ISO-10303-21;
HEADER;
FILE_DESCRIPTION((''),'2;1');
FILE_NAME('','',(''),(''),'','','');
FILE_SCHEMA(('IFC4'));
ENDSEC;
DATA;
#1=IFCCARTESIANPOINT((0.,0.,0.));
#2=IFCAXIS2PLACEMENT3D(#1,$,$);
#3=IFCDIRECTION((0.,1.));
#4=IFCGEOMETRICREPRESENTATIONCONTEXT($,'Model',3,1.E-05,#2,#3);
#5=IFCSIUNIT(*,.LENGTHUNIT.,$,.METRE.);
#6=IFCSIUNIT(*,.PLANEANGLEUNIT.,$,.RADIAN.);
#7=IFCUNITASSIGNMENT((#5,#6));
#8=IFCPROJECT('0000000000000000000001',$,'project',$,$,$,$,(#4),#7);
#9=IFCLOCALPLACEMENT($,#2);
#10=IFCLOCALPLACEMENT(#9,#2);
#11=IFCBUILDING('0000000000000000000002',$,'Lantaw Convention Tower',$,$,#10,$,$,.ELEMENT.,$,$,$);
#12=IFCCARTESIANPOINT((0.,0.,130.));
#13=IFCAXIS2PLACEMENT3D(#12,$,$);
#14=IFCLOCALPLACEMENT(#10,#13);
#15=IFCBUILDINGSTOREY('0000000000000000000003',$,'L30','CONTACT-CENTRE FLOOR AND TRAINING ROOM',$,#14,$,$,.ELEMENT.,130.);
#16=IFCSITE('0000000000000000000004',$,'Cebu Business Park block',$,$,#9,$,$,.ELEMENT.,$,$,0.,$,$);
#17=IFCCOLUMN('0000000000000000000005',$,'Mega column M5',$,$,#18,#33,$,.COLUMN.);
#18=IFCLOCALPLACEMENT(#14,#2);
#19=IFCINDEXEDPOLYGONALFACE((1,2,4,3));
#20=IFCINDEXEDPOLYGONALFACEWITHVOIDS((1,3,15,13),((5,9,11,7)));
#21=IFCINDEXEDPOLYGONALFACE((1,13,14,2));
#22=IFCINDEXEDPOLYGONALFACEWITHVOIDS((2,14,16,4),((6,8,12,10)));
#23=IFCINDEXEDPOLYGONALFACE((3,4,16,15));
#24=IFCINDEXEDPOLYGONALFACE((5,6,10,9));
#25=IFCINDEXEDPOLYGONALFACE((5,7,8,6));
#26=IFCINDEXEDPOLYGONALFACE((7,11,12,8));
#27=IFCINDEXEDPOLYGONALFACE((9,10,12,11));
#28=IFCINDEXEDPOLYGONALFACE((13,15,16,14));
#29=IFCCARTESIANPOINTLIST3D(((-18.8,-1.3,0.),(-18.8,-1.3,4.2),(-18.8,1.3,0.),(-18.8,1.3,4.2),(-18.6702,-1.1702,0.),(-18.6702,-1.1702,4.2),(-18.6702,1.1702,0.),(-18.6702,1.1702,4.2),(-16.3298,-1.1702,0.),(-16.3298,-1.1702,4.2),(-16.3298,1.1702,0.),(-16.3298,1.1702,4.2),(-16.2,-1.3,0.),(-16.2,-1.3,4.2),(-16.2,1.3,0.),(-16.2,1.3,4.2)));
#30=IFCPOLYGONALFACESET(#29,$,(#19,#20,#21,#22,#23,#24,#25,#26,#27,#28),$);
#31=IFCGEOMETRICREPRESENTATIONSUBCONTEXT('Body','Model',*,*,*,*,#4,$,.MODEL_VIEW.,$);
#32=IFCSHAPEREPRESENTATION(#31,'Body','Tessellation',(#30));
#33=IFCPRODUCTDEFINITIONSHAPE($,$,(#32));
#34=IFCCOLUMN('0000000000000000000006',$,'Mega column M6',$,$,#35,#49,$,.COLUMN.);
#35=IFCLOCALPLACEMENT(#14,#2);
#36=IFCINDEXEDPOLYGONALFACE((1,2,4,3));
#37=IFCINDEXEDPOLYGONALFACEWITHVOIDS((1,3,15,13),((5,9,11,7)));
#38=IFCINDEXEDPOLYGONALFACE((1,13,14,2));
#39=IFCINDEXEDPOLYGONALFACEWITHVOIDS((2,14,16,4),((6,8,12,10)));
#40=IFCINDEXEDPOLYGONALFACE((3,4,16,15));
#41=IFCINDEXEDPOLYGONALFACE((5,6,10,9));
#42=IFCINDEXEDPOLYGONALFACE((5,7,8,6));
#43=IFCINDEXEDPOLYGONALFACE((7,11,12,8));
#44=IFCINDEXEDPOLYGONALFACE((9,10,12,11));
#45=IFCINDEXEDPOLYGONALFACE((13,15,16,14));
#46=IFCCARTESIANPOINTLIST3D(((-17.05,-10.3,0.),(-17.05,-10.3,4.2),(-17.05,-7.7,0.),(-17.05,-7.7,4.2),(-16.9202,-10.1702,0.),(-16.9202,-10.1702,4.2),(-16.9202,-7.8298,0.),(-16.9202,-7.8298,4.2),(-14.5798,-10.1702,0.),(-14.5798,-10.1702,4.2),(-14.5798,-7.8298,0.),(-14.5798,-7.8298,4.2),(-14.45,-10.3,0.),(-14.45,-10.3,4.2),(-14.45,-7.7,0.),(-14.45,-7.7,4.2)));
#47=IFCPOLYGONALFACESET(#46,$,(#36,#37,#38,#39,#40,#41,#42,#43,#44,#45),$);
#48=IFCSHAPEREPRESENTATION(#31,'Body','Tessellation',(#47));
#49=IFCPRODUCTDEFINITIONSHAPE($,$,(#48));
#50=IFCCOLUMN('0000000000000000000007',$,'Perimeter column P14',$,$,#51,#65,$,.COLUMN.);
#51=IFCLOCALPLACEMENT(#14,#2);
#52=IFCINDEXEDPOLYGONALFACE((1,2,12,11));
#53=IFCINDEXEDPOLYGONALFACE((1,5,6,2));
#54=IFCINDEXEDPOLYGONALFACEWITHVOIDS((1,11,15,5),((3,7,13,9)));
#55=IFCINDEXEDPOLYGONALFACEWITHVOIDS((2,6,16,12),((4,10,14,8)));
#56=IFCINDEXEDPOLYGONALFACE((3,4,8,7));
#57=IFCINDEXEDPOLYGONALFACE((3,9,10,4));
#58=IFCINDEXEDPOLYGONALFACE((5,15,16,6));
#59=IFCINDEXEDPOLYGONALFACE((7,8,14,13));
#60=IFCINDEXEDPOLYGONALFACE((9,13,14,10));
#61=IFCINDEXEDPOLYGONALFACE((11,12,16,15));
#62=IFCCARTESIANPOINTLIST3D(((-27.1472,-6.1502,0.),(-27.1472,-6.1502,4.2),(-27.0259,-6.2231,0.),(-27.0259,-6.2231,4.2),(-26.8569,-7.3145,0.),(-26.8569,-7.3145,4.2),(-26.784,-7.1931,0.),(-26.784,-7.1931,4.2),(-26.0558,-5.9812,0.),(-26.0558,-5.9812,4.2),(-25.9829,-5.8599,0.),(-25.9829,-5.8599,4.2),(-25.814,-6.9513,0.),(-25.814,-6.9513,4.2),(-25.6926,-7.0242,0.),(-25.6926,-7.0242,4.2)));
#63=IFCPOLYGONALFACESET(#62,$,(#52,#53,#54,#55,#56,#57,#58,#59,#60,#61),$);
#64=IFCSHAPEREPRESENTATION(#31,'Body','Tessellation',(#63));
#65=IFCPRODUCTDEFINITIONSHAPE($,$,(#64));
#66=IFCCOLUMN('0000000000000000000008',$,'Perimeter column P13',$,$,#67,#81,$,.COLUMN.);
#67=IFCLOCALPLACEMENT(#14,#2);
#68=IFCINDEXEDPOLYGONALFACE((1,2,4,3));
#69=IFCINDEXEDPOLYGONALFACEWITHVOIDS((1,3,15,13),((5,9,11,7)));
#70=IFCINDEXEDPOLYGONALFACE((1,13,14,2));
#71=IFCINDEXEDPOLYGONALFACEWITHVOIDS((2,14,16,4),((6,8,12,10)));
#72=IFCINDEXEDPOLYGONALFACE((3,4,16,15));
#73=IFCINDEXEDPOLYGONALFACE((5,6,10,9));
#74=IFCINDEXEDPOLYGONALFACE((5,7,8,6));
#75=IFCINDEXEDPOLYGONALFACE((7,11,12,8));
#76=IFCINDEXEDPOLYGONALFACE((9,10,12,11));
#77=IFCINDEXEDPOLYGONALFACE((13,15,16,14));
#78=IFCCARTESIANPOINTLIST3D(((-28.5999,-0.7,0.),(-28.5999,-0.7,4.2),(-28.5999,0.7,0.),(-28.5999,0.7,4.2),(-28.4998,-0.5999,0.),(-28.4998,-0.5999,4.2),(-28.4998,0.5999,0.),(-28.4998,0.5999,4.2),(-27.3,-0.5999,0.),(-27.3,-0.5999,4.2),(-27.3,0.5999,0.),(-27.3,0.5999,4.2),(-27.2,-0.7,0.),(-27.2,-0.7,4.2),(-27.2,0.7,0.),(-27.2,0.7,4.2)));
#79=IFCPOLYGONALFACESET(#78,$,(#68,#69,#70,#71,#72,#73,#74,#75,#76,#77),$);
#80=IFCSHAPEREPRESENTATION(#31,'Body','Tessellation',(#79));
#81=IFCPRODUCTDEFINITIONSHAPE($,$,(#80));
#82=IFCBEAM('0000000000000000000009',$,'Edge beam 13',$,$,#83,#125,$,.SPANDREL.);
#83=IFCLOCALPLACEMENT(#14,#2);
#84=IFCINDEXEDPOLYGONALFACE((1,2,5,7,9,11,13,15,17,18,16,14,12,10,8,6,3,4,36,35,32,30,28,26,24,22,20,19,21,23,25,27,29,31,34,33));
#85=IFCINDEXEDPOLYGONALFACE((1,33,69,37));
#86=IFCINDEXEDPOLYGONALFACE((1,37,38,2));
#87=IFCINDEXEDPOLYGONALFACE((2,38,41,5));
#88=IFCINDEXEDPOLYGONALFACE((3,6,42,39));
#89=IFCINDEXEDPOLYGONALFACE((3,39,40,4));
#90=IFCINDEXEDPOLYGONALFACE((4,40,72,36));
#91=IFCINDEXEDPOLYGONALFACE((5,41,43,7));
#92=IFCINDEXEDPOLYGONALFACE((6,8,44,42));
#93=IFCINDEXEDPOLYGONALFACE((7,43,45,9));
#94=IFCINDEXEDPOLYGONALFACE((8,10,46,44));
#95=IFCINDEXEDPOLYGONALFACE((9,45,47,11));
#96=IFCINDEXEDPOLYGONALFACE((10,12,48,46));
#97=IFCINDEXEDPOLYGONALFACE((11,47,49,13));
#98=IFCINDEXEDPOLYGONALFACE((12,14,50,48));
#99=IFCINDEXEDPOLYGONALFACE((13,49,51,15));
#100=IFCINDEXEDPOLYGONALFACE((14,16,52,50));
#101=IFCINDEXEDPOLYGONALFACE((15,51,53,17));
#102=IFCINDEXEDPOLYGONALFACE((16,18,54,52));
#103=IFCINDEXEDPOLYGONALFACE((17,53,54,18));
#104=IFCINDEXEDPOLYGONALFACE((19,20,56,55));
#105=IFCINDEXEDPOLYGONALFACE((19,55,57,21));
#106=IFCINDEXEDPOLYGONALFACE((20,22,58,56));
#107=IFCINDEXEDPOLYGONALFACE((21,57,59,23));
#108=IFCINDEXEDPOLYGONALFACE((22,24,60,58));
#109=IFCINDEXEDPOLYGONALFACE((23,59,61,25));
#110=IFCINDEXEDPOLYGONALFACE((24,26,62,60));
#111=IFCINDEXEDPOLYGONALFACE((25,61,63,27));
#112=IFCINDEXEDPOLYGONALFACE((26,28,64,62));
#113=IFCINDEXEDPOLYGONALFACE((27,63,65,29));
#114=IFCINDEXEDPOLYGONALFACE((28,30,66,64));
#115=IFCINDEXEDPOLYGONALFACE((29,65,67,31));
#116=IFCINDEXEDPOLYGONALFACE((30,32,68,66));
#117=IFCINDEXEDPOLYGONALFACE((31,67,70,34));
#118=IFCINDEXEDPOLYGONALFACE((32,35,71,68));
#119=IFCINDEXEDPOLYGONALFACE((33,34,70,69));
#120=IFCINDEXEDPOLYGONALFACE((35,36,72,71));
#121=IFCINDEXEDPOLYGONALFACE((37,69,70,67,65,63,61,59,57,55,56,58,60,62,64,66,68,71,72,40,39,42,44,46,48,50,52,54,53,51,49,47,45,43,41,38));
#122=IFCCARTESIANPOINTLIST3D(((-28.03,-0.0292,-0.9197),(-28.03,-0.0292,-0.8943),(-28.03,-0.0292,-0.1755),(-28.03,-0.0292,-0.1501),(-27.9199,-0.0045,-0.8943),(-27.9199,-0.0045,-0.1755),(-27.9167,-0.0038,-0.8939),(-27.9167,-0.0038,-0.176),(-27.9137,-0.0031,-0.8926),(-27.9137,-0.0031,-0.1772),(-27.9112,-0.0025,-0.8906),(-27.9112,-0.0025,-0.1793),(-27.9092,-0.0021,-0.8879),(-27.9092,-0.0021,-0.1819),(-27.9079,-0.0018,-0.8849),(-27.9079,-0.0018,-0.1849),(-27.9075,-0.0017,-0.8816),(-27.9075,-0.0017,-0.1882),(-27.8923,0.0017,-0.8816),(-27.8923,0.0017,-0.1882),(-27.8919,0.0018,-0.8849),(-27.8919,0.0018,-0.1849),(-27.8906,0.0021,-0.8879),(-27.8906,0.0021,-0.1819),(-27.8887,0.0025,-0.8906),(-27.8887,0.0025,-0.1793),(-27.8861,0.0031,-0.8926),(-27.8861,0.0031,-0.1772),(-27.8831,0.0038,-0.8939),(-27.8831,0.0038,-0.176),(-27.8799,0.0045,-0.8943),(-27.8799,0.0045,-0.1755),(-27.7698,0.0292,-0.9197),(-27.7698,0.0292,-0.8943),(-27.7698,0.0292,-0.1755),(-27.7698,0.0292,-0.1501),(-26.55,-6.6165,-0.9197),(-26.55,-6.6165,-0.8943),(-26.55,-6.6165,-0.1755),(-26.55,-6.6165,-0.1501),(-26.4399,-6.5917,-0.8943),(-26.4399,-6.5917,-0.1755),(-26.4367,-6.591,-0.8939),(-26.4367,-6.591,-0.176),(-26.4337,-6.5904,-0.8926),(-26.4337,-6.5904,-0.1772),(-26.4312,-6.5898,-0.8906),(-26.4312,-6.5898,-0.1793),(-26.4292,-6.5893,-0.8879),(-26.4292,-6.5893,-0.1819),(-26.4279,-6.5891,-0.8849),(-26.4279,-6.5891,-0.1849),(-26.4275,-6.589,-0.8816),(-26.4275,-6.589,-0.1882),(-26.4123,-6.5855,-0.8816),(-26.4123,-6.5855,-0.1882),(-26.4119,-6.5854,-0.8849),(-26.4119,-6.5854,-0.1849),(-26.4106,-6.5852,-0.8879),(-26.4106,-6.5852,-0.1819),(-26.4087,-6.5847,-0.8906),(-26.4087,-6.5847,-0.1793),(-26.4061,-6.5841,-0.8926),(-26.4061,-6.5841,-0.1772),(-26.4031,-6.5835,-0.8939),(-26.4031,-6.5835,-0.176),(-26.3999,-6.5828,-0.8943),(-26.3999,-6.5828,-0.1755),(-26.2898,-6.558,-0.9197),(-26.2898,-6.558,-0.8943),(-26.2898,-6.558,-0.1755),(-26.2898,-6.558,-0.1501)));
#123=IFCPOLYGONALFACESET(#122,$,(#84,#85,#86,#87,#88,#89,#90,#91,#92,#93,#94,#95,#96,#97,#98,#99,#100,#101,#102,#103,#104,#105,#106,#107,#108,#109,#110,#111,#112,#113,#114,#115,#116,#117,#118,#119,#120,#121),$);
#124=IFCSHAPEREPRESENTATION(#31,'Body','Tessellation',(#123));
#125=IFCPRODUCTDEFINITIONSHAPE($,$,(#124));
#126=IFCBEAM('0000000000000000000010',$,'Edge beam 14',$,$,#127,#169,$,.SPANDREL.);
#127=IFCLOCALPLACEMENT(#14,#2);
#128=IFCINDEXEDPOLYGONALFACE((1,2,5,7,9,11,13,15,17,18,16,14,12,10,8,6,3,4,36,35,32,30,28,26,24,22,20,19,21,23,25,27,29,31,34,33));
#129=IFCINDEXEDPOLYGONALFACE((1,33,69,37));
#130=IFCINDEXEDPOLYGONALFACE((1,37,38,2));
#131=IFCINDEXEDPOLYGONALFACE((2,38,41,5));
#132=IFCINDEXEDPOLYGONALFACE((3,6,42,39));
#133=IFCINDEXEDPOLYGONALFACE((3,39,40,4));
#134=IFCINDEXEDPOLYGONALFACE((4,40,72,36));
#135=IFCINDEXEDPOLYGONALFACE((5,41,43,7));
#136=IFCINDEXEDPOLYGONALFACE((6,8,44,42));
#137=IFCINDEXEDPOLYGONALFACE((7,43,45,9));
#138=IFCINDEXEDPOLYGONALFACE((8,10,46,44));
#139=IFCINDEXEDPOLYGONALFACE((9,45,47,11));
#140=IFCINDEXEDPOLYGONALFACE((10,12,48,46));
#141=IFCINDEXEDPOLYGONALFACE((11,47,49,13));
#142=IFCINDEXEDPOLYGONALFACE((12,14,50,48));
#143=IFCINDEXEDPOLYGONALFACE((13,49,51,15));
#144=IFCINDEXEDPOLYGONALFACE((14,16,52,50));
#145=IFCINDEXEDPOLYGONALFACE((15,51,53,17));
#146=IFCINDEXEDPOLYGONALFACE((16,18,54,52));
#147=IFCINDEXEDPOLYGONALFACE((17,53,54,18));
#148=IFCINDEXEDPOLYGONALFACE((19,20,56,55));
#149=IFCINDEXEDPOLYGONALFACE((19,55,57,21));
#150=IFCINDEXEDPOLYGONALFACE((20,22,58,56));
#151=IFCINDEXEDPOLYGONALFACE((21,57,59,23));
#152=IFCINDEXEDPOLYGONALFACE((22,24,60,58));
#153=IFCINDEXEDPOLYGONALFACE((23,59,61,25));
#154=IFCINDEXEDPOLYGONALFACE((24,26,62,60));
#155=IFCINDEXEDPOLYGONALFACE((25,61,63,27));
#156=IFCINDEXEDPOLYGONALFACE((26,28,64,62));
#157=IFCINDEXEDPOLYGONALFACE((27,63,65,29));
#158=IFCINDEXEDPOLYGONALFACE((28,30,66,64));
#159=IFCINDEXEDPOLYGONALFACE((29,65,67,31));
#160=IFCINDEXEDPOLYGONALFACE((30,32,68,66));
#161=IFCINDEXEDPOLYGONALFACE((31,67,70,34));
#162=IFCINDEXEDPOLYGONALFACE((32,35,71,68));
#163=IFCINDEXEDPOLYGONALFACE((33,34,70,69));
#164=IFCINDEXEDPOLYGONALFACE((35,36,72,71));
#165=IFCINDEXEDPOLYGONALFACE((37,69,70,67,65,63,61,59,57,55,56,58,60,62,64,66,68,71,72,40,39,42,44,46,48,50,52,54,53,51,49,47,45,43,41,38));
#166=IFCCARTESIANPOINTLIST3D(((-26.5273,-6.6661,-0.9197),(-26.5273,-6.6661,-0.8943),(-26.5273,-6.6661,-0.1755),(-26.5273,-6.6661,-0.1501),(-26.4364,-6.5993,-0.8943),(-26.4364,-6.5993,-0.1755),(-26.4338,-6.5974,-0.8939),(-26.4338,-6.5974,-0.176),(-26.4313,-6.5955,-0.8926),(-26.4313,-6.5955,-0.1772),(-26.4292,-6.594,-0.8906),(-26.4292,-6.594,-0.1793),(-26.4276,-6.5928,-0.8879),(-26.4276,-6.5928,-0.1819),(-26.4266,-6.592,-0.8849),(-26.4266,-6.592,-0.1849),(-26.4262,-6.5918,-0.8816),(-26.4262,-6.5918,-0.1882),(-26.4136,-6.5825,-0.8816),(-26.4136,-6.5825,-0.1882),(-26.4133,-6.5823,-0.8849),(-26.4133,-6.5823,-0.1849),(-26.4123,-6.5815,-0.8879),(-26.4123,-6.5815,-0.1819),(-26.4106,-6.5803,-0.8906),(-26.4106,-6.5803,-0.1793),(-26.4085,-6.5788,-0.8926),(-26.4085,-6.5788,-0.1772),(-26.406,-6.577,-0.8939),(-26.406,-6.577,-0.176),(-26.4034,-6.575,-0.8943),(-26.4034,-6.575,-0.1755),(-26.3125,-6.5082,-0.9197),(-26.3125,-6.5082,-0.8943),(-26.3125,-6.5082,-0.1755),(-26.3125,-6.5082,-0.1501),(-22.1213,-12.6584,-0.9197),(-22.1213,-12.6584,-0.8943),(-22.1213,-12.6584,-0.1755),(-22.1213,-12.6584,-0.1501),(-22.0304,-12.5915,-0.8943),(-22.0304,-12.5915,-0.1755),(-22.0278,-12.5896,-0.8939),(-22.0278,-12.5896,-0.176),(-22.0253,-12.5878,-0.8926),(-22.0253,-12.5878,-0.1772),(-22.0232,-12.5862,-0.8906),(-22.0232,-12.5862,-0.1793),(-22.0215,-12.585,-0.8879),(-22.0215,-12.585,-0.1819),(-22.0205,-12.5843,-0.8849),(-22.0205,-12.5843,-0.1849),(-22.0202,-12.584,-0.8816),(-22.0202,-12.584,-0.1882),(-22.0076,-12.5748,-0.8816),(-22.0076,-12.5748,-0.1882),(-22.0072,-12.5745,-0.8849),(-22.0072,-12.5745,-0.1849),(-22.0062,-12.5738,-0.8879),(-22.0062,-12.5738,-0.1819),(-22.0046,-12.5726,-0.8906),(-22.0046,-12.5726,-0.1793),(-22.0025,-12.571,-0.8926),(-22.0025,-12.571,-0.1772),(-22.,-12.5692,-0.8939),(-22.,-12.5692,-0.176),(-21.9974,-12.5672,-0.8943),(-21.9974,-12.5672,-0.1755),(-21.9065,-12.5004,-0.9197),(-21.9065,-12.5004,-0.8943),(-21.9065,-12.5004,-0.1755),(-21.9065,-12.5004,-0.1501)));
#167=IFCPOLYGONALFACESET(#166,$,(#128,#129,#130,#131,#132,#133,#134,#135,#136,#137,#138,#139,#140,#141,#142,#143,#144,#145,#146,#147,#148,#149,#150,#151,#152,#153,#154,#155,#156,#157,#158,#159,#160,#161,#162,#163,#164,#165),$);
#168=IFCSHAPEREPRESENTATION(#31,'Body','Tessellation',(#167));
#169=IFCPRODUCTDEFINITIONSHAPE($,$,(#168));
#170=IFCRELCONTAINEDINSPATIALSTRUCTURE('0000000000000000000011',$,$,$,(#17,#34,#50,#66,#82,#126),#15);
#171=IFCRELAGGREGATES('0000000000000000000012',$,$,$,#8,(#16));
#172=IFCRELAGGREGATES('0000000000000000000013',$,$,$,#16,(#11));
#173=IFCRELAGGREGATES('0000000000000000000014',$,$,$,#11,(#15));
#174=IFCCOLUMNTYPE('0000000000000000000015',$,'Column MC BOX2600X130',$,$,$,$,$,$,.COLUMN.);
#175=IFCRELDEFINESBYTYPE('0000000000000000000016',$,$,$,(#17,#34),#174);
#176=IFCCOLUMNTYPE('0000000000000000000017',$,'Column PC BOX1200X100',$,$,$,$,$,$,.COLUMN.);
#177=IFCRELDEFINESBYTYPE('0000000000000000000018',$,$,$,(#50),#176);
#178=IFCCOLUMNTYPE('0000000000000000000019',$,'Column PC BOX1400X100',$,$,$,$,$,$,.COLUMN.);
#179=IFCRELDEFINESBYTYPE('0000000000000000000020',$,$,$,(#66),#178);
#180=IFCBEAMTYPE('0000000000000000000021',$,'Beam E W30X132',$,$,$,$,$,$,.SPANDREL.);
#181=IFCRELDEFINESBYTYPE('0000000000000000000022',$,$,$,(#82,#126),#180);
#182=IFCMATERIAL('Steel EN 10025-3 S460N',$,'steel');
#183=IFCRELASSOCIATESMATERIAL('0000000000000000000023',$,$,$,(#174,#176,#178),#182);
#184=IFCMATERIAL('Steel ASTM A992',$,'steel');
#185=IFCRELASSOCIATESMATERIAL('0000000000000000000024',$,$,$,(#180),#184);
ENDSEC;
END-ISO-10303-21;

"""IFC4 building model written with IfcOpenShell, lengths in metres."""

from ifc_helpers import new_model, si_unit, direction, frame, origin, origin_2d, place, context, subcontext, project, spatial, rectangle, hollow_rectangle, i_section, extrude, material, material_profile, profile_set, type_object, element, save


model = new_model("IFC4")

# Units and contexts
model_context = context("Model", 3, precision=1e-05, world=origin(), true_north=direction((0.0, 1.0)))
body_context = subcontext(model_context, "Body", "Model", "MODEL_VIEW")
ifc_project = project(units=[si_unit("LENGTHUNIT", "METRE"), si_unit("PLANEANGLEUNIT", "RADIAN")], contexts=[model_context])

# Site, building, storey
site_placement = place(None, origin())
site = spatial("IfcSite", under=ifc_project, at=site_placement, Name="Cebu Business Park block", CompositionType="ELEMENT", RefElevation=0.0)
building_placement = place(site_placement, origin())
building = spatial("IfcBuilding", under=site, at=building_placement, Name="Lantaw Convention Tower", CompositionType="ELEMENT")
storey_placement = place(building_placement, frame((0.0, 0.0, 130.0)))
storey = spatial("IfcBuildingStorey", under=building, at=storey_placement, Name="L30", Description="CONTACT-CENTRE FLOOR AND TRAINING ROOM", CompositionType="ELEMENT", Elevation=130.0)

# Columns
ifc_material_1 = material(Name="Steel EN 10025-3 S460N", Category="steel")
ifc_material_profile_1 = material_profile(ifc_material_1, hollow_rectangle(XDim=2.6001, YDim=2.6001, WallThickness=0.1299, at=origin_2d()), Name="BOX2600X130")
ifc_material_2 = material(Name="Concrete C60/75", Category="concrete")
ifc_material_profile_2 = material_profile(ifc_material_2, rectangle(XDim=2.3401, YDim=2.3401, at=origin_2d()), Name="Concrete fill of BOX2600X130")
ifc_profile_set_1 = profile_set([ifc_material_profile_1, ifc_material_profile_2], Name="Steel EN 10025-3 S460N")
column_type_1 = type_object("IfcColumnType", Name="Column MC BOX2600X130", PredefinedType="COLUMN", material=ifc_profile_set_1)
for number, where, z_axis, x_axis, name in (
    (1, (-17.5, 0.0, 0.0), (0.0, 0.0, 1.0), (1.0, 0.0, 0.0), "Mega column M5"),
    (2, (-15.75, -9.0, 0.0), (0.0, 0.0, 1.0), (1.0, 0.0, 0.0), "Mega column M6"),
):
    element("IfcColumn", number, at=place(storey_placement, frame(where, z_axis=z_axis, x_axis=x_axis)), inside=storey, type_object=column_type_1, Name=name, PredefinedType="COLUMN", context=body_context, shape_type="SweptSolid", body=[
        extrude(hollow_rectangle(XDim=2.6001, YDim=2.6001, WallThickness=0.1299, at=origin_2d()), origin(), (0.0, 0.0, 1.0), 4.2),
    ])
ifc_material_profile_3 = material_profile(ifc_material_1, hollow_rectangle(XDim=1.2, YDim=1.2, WallThickness=0.1001, at=origin_2d()), Name="BOX1200X100")
ifc_material_profile_4 = material_profile(ifc_material_2, rectangle(XDim=1.0, YDim=1.0, at=origin_2d()), Name="Concrete fill of BOX1200X100")
ifc_profile_set_2 = profile_set([ifc_material_profile_3, ifc_material_profile_4], Name="Steel EN 10025-3 S460N")
column_type_2 = type_object("IfcColumnType", Name="Column PC BOX1200X100", PredefinedType="COLUMN", material=ifc_profile_set_2)
column_1_placement = place(storey_placement, frame((-26.4199, -6.5872, 0.0), z_axis=(0.0, 0.0, 1.0), x_axis=(0.970296, 0.241922, 0.0)))
element("IfcColumn", 3, at=column_1_placement, inside=storey, type_object=column_type_2, Name="Perimeter column P14", PredefinedType="COLUMN", context=body_context, shape_type="SweptSolid", body=[
    extrude(hollow_rectangle(XDim=1.2, YDim=1.2, WallThickness=0.1001, at=origin_2d()), origin(), (0.0, 0.0, 1.0), 4.2),
])
ifc_material_profile_5 = material_profile(ifc_material_1, hollow_rectangle(XDim=1.3999, YDim=1.3999, WallThickness=0.1001, at=origin_2d()), Name="BOX1400X100")
ifc_material_profile_6 = material_profile(ifc_material_2, rectangle(XDim=1.2, YDim=1.2, at=origin_2d()), Name="Concrete fill of BOX1400X100")
ifc_profile_set_3 = profile_set([ifc_material_profile_5, ifc_material_profile_6], Name="Steel EN 10025-3 S460N")
column_type_3 = type_object("IfcColumnType", Name="Column PC BOX1400X100", PredefinedType="COLUMN", material=ifc_profile_set_3)
column_2_placement = place(storey_placement, frame((-27.8999, 0.0, 0.0), z_axis=(0.0, 0.0, 1.0), x_axis=(1.0, 0.0, 0.0)))
element("IfcColumn", 4, at=column_2_placement, inside=storey, type_object=column_type_3, Name="Perimeter column P13", PredefinedType="COLUMN", context=body_context, shape_type="SweptSolid", body=[
    extrude(hollow_rectangle(XDim=1.3999, YDim=1.3999, WallThickness=0.1001, at=origin_2d()), origin(), (0.0, 0.0, 1.0), 4.2),
])

# Beams
ifc_material_3 = material(Name="Steel ASTM A992", Category="steel")
ifc_material_profile_7 = material_profile(ifc_material_3, i_section(OverallWidth=0.2666, OverallDepth=0.7695, WebThickness=0.0156, FlangeThickness=0.0254, FilletRadius=0.0127, at=origin_2d()), Name="W30X132")
ifc_profile_set_4 = profile_set([ifc_material_profile_7], Name="Steel ASTM A992")
beam_type_1 = type_object("IfcBeamType", Name="Beam E W30X132", PredefinedType="SPANDREL", material=ifc_profile_set_4)
beam_1_placement = place(storey_placement, frame((-27.8999, 0.0, -0.5349), z_axis=(0.219212, -0.975677, 0.0), x_axis=(0.975677, 0.219212, 0.0)))
element("IfcBeam", 5, at=beam_1_placement, inside=storey, type_object=beam_type_1, Name="Edge beam 13", PredefinedType="SPANDREL", context=body_context, shape_type="SweptSolid", body=[
    extrude(i_section(OverallWidth=0.2666, OverallDepth=0.7695, WebThickness=0.0156, FlangeThickness=0.0254, FilletRadius=0.0127, at=origin_2d()), origin(), (0.0, 0.0, 1.0), 6.7515),
])
beam_2_placement = place(storey_placement, frame((-26.4199, -6.5872, -0.5349), z_axis=(0.592389, -0.805652, 0.0), x_axis=(0.805652, 0.592389, 0.0)))
element("IfcBeam", 6, at=beam_2_placement, inside=storey, type_object=beam_type_1, Name="Edge beam 14", PredefinedType="SPANDREL", context=body_context, shape_type="SweptSolid", body=[
    extrude(i_section(OverallWidth=0.2666, OverallDepth=0.7695, WebThickness=0.0156, FlangeThickness=0.0254, FilletRadius=0.0127, at=origin_2d()), origin(), (0.0, 0.0, 1.0), 7.4377),
])

save(model, "model.ifc")
